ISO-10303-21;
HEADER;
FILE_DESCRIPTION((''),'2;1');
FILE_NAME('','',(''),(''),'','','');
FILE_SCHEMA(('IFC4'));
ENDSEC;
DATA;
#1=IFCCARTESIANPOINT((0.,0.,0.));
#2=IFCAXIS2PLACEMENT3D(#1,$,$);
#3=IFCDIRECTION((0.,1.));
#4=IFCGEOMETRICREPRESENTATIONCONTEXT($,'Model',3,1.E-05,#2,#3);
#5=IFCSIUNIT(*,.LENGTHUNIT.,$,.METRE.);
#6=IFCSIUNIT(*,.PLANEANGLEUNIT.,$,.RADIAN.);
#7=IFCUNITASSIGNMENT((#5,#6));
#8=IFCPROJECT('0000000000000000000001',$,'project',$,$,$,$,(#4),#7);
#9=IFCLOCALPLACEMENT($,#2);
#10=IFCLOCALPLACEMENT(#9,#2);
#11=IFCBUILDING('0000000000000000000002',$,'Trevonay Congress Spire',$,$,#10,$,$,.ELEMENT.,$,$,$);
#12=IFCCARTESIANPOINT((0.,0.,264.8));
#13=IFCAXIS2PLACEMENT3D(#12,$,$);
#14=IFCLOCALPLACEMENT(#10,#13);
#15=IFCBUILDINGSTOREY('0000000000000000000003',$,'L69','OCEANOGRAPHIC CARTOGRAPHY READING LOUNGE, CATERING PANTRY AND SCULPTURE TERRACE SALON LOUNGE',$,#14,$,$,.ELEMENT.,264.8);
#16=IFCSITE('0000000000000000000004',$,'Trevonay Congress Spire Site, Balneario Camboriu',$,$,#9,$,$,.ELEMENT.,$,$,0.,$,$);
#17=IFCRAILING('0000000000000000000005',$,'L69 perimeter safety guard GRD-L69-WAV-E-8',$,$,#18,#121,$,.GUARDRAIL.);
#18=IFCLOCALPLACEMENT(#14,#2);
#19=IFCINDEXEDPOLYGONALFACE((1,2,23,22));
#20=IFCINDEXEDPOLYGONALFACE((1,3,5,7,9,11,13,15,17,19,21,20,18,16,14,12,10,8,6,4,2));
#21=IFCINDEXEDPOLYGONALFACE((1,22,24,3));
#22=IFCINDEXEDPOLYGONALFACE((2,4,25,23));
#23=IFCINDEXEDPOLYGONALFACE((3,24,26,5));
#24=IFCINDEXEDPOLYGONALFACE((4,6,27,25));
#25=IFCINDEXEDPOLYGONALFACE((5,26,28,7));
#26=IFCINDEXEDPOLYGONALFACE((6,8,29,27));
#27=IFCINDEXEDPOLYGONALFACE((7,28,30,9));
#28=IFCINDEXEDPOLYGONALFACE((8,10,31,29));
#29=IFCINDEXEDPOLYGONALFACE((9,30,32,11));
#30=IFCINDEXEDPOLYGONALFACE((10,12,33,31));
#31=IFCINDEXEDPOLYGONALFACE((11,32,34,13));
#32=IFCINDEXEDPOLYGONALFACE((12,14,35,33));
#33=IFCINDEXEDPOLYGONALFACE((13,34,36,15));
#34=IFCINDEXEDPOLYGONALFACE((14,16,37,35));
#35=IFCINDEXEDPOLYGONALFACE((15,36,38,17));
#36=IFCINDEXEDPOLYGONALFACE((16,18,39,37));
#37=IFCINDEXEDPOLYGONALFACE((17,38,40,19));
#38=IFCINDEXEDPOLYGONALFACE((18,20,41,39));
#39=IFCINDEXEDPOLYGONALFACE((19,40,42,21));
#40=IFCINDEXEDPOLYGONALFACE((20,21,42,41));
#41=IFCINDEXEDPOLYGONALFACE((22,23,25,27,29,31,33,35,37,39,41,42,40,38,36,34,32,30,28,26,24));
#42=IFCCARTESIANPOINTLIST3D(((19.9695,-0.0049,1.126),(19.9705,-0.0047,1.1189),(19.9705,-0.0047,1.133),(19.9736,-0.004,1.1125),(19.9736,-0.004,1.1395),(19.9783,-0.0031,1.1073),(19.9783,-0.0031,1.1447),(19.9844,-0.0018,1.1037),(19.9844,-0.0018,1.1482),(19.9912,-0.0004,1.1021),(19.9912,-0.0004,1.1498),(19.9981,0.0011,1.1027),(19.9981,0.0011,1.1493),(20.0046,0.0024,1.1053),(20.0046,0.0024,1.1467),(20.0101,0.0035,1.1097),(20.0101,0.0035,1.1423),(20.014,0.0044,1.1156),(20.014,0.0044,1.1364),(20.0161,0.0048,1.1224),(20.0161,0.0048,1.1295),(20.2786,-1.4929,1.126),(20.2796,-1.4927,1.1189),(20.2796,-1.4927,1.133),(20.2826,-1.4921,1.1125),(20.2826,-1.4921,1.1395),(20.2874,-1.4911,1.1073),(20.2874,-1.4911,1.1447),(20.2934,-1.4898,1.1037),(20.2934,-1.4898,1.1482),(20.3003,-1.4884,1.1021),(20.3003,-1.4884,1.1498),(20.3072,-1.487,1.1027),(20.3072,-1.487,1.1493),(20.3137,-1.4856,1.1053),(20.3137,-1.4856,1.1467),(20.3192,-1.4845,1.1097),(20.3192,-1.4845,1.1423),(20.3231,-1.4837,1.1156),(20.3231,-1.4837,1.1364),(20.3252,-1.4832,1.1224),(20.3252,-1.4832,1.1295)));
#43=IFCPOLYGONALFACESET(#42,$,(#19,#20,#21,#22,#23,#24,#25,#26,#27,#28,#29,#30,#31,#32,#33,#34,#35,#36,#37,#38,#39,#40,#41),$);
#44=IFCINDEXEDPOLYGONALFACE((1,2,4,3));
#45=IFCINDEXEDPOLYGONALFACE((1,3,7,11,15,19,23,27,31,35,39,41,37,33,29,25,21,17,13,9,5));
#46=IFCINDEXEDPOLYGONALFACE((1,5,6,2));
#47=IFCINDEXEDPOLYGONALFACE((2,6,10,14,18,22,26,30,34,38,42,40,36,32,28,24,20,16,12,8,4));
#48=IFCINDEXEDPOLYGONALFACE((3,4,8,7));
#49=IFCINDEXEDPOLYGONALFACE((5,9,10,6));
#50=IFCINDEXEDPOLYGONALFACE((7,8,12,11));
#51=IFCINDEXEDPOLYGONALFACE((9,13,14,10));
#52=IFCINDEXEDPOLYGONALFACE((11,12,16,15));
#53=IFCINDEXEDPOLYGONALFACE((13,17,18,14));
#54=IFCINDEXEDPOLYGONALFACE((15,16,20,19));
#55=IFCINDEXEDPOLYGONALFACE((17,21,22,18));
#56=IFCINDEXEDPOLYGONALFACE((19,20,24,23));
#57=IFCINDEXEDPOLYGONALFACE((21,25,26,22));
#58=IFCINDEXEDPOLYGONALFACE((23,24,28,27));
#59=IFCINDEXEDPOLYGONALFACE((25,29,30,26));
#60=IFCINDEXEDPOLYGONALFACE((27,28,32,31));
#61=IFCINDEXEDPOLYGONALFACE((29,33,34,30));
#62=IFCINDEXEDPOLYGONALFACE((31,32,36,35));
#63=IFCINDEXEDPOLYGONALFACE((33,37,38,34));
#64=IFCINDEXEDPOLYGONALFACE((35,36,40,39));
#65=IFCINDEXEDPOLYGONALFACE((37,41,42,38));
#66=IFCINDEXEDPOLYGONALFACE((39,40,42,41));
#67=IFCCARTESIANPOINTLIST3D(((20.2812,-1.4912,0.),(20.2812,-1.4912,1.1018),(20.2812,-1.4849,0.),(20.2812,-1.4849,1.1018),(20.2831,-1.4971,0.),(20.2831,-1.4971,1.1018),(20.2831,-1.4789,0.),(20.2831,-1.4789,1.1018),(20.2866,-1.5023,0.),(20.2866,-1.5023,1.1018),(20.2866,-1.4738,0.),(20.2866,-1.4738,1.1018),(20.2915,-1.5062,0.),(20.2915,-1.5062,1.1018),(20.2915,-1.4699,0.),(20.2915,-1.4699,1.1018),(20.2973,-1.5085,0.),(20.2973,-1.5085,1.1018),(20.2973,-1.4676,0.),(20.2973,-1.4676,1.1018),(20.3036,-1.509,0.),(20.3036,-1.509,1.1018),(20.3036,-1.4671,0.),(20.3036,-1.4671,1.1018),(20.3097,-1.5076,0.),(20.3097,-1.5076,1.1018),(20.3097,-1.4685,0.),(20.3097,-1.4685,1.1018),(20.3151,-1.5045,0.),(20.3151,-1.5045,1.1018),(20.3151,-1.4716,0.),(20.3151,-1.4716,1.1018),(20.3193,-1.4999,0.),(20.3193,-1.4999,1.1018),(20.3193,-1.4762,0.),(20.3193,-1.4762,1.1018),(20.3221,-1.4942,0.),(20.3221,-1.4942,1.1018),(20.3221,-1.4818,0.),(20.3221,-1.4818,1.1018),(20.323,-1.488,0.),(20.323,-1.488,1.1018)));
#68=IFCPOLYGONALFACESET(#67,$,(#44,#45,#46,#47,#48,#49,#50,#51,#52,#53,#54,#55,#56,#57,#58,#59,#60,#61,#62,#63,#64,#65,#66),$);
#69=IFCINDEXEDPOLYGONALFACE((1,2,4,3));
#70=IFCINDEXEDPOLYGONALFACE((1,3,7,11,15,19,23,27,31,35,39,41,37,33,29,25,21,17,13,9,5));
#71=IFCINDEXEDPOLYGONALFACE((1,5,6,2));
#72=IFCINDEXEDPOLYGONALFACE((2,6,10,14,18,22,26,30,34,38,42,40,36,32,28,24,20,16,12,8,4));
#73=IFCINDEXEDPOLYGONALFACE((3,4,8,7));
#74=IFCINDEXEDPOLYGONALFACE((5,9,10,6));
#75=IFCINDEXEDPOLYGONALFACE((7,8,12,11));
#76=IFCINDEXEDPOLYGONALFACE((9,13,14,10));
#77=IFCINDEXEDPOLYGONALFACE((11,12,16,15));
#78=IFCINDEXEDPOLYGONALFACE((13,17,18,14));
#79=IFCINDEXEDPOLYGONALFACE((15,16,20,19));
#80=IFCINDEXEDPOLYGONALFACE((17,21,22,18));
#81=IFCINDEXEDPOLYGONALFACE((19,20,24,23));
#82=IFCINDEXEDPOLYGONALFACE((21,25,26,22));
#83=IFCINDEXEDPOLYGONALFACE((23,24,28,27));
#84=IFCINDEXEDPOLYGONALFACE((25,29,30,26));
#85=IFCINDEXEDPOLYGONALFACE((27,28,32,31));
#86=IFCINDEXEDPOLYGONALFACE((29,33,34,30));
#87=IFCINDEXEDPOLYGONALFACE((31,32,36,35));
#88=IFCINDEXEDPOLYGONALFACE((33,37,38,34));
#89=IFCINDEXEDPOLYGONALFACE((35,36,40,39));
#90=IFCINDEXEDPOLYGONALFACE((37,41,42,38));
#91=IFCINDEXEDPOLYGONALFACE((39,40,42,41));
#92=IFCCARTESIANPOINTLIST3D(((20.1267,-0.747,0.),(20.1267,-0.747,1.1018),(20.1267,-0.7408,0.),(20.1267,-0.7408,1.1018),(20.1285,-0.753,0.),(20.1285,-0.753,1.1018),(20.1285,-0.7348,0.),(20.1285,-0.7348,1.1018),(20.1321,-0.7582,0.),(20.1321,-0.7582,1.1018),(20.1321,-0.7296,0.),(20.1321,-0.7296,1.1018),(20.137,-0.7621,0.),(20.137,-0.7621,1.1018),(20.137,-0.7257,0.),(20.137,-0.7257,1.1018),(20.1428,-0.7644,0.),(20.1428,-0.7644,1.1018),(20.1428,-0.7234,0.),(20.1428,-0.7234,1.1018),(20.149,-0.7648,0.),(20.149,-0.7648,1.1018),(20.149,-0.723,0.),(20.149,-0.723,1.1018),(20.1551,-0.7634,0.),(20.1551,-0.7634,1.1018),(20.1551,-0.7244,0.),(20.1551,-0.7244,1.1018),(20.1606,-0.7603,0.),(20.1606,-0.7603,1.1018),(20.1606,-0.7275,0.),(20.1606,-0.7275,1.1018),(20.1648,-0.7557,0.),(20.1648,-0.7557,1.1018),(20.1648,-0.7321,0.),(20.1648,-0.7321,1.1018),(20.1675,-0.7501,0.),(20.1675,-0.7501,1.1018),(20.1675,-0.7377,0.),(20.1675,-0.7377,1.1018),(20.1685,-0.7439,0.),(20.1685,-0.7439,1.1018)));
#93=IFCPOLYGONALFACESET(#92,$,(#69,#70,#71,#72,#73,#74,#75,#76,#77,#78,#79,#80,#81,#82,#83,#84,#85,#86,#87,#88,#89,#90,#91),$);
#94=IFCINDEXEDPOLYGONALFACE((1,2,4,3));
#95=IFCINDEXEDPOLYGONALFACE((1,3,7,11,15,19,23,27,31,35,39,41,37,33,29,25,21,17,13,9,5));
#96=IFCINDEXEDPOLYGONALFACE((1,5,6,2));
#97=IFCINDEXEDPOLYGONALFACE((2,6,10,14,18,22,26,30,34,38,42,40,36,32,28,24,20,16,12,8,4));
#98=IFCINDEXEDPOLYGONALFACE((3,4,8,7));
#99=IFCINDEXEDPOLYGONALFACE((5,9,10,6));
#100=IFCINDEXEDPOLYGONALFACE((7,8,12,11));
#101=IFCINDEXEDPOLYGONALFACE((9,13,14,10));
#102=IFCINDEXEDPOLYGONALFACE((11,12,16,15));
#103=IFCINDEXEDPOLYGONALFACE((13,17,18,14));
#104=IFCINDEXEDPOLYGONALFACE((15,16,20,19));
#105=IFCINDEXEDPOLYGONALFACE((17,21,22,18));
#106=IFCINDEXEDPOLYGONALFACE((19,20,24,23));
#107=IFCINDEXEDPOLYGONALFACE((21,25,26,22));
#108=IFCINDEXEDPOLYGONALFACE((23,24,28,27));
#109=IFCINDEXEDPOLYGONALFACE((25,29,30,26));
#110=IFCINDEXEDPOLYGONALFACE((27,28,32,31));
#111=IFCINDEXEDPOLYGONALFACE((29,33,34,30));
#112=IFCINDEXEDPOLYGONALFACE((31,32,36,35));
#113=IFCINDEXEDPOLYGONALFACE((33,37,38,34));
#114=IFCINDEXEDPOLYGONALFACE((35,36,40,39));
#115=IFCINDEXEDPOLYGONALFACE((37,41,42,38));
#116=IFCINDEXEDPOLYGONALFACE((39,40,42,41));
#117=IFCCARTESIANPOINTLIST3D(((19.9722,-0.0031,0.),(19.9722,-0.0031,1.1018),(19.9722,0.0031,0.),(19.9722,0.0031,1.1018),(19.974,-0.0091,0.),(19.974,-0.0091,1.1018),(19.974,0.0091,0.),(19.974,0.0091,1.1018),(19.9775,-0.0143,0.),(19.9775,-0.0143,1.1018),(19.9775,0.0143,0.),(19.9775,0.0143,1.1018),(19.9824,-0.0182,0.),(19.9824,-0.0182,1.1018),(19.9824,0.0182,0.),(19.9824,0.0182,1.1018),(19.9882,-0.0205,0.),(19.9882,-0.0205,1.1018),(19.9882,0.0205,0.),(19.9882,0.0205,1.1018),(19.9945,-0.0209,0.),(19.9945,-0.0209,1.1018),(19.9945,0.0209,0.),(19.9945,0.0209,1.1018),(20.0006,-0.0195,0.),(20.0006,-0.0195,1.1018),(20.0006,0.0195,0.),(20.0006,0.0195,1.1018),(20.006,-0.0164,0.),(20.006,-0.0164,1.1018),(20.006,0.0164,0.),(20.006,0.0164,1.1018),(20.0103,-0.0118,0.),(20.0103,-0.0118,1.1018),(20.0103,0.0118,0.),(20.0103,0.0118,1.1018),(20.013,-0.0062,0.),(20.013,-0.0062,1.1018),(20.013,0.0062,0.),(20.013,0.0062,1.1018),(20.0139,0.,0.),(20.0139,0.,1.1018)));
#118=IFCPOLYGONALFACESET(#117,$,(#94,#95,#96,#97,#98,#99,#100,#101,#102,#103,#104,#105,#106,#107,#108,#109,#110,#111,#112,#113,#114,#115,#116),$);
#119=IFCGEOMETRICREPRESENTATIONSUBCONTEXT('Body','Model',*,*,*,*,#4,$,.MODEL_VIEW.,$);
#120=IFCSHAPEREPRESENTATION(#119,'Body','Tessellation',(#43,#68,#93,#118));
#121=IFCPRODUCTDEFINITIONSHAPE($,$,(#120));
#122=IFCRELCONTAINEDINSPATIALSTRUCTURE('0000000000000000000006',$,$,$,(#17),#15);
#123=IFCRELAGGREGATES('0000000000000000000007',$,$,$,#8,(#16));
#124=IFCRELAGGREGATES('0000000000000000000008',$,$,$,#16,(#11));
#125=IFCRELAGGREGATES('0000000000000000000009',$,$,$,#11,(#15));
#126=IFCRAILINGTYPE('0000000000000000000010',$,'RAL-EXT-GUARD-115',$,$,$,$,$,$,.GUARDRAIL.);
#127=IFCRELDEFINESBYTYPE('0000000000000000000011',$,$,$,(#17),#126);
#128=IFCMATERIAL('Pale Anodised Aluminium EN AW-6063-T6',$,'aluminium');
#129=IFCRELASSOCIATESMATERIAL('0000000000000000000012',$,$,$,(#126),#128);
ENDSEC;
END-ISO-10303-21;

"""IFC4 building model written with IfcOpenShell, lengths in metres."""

from ifc_helpers import new_model, si_unit, direction, frame, origin, origin_2d, place, context, subcontext, project, spatial, circle, extrude, material, type_object, element, save


model = new_model("IFC4")

# Units and contexts
model_context = context("Model", 3, precision=1e-05, world=origin(), true_north=direction((0.0, 1.0)))
body_context = subcontext(model_context, "Body", "Model", "MODEL_VIEW")
ifc_project = project(units=[si_unit("LENGTHUNIT", "METRE"), si_unit("PLANEANGLEUNIT", "RADIAN")], contexts=[model_context])

# Site, building, storey
site_placement = place(None, origin())
site = spatial("IfcSite", under=ifc_project, at=site_placement, Name="Trevonay Congress Spire Site, Balneario Camboriu", CompositionType="ELEMENT", RefElevation=0.0)
building_placement = place(site_placement, origin())
building = spatial("IfcBuilding", under=site, at=building_placement, Name="Trevonay Congress Spire", CompositionType="ELEMENT")
storey_placement = place(building_placement, frame((0.0, 0.0, 264.8)))
storey = spatial("IfcBuildingStorey", under=building, at=storey_placement, Name="L69", Description="OCEANOGRAPHIC CARTOGRAPHY READING LOUNGE, CATERING PANTRY AND SCULPTURE TERRACE SALON LOUNGE", CompositionType="ELEMENT", Elevation=264.8)

# Shared definitions
ifc_material_1 = material(Name="Pale Anodised Aluminium EN AW-6063-T6", Category="aluminium")

# Railing
railing_type_1 = type_object("IfcRailingType", Name="RAL-EXT-GUARD-115", PredefinedType="GUARDRAIL", material=ifc_material_1)
railing_1_placement = place(storey_placement, frame((20.302, -1.488, 0.0)))
element("IfcRailing", 1, at=railing_1_placement, inside=storey, type_object=railing_type_1, Name="L69 perimeter safety guard GRD-L69-WAV-E-8", PredefinedType="GUARDRAIL", context=body_context, shape_type="SweptSolid", body=[
    extrude(circle(Radius=0.0239, at=origin_2d()), frame((0.0, 0.0, 1.126), z_axis=(-0.20337, 0.979102, 0.0), x_axis=(-0.979102, -0.20337, 0.0)), (0.0, 0.0, 1.0), 1.5198),
    extrude(circle(Radius=0.021, at=origin_2d()), origin(), (0.0, 0.0, 1.0), 1.1018),
    extrude(circle(Radius=0.021, at=origin_2d()), frame((-0.1545, 0.7441, 0.0)), (0.0, 0.0, 1.0), 1.1018),
    extrude(circle(Radius=0.021, at=origin_2d()), frame((-0.3091, 1.488, 0.0)), (0.0, 0.0, 1.0), 1.1018),
])

save(model, "model.ifc")
